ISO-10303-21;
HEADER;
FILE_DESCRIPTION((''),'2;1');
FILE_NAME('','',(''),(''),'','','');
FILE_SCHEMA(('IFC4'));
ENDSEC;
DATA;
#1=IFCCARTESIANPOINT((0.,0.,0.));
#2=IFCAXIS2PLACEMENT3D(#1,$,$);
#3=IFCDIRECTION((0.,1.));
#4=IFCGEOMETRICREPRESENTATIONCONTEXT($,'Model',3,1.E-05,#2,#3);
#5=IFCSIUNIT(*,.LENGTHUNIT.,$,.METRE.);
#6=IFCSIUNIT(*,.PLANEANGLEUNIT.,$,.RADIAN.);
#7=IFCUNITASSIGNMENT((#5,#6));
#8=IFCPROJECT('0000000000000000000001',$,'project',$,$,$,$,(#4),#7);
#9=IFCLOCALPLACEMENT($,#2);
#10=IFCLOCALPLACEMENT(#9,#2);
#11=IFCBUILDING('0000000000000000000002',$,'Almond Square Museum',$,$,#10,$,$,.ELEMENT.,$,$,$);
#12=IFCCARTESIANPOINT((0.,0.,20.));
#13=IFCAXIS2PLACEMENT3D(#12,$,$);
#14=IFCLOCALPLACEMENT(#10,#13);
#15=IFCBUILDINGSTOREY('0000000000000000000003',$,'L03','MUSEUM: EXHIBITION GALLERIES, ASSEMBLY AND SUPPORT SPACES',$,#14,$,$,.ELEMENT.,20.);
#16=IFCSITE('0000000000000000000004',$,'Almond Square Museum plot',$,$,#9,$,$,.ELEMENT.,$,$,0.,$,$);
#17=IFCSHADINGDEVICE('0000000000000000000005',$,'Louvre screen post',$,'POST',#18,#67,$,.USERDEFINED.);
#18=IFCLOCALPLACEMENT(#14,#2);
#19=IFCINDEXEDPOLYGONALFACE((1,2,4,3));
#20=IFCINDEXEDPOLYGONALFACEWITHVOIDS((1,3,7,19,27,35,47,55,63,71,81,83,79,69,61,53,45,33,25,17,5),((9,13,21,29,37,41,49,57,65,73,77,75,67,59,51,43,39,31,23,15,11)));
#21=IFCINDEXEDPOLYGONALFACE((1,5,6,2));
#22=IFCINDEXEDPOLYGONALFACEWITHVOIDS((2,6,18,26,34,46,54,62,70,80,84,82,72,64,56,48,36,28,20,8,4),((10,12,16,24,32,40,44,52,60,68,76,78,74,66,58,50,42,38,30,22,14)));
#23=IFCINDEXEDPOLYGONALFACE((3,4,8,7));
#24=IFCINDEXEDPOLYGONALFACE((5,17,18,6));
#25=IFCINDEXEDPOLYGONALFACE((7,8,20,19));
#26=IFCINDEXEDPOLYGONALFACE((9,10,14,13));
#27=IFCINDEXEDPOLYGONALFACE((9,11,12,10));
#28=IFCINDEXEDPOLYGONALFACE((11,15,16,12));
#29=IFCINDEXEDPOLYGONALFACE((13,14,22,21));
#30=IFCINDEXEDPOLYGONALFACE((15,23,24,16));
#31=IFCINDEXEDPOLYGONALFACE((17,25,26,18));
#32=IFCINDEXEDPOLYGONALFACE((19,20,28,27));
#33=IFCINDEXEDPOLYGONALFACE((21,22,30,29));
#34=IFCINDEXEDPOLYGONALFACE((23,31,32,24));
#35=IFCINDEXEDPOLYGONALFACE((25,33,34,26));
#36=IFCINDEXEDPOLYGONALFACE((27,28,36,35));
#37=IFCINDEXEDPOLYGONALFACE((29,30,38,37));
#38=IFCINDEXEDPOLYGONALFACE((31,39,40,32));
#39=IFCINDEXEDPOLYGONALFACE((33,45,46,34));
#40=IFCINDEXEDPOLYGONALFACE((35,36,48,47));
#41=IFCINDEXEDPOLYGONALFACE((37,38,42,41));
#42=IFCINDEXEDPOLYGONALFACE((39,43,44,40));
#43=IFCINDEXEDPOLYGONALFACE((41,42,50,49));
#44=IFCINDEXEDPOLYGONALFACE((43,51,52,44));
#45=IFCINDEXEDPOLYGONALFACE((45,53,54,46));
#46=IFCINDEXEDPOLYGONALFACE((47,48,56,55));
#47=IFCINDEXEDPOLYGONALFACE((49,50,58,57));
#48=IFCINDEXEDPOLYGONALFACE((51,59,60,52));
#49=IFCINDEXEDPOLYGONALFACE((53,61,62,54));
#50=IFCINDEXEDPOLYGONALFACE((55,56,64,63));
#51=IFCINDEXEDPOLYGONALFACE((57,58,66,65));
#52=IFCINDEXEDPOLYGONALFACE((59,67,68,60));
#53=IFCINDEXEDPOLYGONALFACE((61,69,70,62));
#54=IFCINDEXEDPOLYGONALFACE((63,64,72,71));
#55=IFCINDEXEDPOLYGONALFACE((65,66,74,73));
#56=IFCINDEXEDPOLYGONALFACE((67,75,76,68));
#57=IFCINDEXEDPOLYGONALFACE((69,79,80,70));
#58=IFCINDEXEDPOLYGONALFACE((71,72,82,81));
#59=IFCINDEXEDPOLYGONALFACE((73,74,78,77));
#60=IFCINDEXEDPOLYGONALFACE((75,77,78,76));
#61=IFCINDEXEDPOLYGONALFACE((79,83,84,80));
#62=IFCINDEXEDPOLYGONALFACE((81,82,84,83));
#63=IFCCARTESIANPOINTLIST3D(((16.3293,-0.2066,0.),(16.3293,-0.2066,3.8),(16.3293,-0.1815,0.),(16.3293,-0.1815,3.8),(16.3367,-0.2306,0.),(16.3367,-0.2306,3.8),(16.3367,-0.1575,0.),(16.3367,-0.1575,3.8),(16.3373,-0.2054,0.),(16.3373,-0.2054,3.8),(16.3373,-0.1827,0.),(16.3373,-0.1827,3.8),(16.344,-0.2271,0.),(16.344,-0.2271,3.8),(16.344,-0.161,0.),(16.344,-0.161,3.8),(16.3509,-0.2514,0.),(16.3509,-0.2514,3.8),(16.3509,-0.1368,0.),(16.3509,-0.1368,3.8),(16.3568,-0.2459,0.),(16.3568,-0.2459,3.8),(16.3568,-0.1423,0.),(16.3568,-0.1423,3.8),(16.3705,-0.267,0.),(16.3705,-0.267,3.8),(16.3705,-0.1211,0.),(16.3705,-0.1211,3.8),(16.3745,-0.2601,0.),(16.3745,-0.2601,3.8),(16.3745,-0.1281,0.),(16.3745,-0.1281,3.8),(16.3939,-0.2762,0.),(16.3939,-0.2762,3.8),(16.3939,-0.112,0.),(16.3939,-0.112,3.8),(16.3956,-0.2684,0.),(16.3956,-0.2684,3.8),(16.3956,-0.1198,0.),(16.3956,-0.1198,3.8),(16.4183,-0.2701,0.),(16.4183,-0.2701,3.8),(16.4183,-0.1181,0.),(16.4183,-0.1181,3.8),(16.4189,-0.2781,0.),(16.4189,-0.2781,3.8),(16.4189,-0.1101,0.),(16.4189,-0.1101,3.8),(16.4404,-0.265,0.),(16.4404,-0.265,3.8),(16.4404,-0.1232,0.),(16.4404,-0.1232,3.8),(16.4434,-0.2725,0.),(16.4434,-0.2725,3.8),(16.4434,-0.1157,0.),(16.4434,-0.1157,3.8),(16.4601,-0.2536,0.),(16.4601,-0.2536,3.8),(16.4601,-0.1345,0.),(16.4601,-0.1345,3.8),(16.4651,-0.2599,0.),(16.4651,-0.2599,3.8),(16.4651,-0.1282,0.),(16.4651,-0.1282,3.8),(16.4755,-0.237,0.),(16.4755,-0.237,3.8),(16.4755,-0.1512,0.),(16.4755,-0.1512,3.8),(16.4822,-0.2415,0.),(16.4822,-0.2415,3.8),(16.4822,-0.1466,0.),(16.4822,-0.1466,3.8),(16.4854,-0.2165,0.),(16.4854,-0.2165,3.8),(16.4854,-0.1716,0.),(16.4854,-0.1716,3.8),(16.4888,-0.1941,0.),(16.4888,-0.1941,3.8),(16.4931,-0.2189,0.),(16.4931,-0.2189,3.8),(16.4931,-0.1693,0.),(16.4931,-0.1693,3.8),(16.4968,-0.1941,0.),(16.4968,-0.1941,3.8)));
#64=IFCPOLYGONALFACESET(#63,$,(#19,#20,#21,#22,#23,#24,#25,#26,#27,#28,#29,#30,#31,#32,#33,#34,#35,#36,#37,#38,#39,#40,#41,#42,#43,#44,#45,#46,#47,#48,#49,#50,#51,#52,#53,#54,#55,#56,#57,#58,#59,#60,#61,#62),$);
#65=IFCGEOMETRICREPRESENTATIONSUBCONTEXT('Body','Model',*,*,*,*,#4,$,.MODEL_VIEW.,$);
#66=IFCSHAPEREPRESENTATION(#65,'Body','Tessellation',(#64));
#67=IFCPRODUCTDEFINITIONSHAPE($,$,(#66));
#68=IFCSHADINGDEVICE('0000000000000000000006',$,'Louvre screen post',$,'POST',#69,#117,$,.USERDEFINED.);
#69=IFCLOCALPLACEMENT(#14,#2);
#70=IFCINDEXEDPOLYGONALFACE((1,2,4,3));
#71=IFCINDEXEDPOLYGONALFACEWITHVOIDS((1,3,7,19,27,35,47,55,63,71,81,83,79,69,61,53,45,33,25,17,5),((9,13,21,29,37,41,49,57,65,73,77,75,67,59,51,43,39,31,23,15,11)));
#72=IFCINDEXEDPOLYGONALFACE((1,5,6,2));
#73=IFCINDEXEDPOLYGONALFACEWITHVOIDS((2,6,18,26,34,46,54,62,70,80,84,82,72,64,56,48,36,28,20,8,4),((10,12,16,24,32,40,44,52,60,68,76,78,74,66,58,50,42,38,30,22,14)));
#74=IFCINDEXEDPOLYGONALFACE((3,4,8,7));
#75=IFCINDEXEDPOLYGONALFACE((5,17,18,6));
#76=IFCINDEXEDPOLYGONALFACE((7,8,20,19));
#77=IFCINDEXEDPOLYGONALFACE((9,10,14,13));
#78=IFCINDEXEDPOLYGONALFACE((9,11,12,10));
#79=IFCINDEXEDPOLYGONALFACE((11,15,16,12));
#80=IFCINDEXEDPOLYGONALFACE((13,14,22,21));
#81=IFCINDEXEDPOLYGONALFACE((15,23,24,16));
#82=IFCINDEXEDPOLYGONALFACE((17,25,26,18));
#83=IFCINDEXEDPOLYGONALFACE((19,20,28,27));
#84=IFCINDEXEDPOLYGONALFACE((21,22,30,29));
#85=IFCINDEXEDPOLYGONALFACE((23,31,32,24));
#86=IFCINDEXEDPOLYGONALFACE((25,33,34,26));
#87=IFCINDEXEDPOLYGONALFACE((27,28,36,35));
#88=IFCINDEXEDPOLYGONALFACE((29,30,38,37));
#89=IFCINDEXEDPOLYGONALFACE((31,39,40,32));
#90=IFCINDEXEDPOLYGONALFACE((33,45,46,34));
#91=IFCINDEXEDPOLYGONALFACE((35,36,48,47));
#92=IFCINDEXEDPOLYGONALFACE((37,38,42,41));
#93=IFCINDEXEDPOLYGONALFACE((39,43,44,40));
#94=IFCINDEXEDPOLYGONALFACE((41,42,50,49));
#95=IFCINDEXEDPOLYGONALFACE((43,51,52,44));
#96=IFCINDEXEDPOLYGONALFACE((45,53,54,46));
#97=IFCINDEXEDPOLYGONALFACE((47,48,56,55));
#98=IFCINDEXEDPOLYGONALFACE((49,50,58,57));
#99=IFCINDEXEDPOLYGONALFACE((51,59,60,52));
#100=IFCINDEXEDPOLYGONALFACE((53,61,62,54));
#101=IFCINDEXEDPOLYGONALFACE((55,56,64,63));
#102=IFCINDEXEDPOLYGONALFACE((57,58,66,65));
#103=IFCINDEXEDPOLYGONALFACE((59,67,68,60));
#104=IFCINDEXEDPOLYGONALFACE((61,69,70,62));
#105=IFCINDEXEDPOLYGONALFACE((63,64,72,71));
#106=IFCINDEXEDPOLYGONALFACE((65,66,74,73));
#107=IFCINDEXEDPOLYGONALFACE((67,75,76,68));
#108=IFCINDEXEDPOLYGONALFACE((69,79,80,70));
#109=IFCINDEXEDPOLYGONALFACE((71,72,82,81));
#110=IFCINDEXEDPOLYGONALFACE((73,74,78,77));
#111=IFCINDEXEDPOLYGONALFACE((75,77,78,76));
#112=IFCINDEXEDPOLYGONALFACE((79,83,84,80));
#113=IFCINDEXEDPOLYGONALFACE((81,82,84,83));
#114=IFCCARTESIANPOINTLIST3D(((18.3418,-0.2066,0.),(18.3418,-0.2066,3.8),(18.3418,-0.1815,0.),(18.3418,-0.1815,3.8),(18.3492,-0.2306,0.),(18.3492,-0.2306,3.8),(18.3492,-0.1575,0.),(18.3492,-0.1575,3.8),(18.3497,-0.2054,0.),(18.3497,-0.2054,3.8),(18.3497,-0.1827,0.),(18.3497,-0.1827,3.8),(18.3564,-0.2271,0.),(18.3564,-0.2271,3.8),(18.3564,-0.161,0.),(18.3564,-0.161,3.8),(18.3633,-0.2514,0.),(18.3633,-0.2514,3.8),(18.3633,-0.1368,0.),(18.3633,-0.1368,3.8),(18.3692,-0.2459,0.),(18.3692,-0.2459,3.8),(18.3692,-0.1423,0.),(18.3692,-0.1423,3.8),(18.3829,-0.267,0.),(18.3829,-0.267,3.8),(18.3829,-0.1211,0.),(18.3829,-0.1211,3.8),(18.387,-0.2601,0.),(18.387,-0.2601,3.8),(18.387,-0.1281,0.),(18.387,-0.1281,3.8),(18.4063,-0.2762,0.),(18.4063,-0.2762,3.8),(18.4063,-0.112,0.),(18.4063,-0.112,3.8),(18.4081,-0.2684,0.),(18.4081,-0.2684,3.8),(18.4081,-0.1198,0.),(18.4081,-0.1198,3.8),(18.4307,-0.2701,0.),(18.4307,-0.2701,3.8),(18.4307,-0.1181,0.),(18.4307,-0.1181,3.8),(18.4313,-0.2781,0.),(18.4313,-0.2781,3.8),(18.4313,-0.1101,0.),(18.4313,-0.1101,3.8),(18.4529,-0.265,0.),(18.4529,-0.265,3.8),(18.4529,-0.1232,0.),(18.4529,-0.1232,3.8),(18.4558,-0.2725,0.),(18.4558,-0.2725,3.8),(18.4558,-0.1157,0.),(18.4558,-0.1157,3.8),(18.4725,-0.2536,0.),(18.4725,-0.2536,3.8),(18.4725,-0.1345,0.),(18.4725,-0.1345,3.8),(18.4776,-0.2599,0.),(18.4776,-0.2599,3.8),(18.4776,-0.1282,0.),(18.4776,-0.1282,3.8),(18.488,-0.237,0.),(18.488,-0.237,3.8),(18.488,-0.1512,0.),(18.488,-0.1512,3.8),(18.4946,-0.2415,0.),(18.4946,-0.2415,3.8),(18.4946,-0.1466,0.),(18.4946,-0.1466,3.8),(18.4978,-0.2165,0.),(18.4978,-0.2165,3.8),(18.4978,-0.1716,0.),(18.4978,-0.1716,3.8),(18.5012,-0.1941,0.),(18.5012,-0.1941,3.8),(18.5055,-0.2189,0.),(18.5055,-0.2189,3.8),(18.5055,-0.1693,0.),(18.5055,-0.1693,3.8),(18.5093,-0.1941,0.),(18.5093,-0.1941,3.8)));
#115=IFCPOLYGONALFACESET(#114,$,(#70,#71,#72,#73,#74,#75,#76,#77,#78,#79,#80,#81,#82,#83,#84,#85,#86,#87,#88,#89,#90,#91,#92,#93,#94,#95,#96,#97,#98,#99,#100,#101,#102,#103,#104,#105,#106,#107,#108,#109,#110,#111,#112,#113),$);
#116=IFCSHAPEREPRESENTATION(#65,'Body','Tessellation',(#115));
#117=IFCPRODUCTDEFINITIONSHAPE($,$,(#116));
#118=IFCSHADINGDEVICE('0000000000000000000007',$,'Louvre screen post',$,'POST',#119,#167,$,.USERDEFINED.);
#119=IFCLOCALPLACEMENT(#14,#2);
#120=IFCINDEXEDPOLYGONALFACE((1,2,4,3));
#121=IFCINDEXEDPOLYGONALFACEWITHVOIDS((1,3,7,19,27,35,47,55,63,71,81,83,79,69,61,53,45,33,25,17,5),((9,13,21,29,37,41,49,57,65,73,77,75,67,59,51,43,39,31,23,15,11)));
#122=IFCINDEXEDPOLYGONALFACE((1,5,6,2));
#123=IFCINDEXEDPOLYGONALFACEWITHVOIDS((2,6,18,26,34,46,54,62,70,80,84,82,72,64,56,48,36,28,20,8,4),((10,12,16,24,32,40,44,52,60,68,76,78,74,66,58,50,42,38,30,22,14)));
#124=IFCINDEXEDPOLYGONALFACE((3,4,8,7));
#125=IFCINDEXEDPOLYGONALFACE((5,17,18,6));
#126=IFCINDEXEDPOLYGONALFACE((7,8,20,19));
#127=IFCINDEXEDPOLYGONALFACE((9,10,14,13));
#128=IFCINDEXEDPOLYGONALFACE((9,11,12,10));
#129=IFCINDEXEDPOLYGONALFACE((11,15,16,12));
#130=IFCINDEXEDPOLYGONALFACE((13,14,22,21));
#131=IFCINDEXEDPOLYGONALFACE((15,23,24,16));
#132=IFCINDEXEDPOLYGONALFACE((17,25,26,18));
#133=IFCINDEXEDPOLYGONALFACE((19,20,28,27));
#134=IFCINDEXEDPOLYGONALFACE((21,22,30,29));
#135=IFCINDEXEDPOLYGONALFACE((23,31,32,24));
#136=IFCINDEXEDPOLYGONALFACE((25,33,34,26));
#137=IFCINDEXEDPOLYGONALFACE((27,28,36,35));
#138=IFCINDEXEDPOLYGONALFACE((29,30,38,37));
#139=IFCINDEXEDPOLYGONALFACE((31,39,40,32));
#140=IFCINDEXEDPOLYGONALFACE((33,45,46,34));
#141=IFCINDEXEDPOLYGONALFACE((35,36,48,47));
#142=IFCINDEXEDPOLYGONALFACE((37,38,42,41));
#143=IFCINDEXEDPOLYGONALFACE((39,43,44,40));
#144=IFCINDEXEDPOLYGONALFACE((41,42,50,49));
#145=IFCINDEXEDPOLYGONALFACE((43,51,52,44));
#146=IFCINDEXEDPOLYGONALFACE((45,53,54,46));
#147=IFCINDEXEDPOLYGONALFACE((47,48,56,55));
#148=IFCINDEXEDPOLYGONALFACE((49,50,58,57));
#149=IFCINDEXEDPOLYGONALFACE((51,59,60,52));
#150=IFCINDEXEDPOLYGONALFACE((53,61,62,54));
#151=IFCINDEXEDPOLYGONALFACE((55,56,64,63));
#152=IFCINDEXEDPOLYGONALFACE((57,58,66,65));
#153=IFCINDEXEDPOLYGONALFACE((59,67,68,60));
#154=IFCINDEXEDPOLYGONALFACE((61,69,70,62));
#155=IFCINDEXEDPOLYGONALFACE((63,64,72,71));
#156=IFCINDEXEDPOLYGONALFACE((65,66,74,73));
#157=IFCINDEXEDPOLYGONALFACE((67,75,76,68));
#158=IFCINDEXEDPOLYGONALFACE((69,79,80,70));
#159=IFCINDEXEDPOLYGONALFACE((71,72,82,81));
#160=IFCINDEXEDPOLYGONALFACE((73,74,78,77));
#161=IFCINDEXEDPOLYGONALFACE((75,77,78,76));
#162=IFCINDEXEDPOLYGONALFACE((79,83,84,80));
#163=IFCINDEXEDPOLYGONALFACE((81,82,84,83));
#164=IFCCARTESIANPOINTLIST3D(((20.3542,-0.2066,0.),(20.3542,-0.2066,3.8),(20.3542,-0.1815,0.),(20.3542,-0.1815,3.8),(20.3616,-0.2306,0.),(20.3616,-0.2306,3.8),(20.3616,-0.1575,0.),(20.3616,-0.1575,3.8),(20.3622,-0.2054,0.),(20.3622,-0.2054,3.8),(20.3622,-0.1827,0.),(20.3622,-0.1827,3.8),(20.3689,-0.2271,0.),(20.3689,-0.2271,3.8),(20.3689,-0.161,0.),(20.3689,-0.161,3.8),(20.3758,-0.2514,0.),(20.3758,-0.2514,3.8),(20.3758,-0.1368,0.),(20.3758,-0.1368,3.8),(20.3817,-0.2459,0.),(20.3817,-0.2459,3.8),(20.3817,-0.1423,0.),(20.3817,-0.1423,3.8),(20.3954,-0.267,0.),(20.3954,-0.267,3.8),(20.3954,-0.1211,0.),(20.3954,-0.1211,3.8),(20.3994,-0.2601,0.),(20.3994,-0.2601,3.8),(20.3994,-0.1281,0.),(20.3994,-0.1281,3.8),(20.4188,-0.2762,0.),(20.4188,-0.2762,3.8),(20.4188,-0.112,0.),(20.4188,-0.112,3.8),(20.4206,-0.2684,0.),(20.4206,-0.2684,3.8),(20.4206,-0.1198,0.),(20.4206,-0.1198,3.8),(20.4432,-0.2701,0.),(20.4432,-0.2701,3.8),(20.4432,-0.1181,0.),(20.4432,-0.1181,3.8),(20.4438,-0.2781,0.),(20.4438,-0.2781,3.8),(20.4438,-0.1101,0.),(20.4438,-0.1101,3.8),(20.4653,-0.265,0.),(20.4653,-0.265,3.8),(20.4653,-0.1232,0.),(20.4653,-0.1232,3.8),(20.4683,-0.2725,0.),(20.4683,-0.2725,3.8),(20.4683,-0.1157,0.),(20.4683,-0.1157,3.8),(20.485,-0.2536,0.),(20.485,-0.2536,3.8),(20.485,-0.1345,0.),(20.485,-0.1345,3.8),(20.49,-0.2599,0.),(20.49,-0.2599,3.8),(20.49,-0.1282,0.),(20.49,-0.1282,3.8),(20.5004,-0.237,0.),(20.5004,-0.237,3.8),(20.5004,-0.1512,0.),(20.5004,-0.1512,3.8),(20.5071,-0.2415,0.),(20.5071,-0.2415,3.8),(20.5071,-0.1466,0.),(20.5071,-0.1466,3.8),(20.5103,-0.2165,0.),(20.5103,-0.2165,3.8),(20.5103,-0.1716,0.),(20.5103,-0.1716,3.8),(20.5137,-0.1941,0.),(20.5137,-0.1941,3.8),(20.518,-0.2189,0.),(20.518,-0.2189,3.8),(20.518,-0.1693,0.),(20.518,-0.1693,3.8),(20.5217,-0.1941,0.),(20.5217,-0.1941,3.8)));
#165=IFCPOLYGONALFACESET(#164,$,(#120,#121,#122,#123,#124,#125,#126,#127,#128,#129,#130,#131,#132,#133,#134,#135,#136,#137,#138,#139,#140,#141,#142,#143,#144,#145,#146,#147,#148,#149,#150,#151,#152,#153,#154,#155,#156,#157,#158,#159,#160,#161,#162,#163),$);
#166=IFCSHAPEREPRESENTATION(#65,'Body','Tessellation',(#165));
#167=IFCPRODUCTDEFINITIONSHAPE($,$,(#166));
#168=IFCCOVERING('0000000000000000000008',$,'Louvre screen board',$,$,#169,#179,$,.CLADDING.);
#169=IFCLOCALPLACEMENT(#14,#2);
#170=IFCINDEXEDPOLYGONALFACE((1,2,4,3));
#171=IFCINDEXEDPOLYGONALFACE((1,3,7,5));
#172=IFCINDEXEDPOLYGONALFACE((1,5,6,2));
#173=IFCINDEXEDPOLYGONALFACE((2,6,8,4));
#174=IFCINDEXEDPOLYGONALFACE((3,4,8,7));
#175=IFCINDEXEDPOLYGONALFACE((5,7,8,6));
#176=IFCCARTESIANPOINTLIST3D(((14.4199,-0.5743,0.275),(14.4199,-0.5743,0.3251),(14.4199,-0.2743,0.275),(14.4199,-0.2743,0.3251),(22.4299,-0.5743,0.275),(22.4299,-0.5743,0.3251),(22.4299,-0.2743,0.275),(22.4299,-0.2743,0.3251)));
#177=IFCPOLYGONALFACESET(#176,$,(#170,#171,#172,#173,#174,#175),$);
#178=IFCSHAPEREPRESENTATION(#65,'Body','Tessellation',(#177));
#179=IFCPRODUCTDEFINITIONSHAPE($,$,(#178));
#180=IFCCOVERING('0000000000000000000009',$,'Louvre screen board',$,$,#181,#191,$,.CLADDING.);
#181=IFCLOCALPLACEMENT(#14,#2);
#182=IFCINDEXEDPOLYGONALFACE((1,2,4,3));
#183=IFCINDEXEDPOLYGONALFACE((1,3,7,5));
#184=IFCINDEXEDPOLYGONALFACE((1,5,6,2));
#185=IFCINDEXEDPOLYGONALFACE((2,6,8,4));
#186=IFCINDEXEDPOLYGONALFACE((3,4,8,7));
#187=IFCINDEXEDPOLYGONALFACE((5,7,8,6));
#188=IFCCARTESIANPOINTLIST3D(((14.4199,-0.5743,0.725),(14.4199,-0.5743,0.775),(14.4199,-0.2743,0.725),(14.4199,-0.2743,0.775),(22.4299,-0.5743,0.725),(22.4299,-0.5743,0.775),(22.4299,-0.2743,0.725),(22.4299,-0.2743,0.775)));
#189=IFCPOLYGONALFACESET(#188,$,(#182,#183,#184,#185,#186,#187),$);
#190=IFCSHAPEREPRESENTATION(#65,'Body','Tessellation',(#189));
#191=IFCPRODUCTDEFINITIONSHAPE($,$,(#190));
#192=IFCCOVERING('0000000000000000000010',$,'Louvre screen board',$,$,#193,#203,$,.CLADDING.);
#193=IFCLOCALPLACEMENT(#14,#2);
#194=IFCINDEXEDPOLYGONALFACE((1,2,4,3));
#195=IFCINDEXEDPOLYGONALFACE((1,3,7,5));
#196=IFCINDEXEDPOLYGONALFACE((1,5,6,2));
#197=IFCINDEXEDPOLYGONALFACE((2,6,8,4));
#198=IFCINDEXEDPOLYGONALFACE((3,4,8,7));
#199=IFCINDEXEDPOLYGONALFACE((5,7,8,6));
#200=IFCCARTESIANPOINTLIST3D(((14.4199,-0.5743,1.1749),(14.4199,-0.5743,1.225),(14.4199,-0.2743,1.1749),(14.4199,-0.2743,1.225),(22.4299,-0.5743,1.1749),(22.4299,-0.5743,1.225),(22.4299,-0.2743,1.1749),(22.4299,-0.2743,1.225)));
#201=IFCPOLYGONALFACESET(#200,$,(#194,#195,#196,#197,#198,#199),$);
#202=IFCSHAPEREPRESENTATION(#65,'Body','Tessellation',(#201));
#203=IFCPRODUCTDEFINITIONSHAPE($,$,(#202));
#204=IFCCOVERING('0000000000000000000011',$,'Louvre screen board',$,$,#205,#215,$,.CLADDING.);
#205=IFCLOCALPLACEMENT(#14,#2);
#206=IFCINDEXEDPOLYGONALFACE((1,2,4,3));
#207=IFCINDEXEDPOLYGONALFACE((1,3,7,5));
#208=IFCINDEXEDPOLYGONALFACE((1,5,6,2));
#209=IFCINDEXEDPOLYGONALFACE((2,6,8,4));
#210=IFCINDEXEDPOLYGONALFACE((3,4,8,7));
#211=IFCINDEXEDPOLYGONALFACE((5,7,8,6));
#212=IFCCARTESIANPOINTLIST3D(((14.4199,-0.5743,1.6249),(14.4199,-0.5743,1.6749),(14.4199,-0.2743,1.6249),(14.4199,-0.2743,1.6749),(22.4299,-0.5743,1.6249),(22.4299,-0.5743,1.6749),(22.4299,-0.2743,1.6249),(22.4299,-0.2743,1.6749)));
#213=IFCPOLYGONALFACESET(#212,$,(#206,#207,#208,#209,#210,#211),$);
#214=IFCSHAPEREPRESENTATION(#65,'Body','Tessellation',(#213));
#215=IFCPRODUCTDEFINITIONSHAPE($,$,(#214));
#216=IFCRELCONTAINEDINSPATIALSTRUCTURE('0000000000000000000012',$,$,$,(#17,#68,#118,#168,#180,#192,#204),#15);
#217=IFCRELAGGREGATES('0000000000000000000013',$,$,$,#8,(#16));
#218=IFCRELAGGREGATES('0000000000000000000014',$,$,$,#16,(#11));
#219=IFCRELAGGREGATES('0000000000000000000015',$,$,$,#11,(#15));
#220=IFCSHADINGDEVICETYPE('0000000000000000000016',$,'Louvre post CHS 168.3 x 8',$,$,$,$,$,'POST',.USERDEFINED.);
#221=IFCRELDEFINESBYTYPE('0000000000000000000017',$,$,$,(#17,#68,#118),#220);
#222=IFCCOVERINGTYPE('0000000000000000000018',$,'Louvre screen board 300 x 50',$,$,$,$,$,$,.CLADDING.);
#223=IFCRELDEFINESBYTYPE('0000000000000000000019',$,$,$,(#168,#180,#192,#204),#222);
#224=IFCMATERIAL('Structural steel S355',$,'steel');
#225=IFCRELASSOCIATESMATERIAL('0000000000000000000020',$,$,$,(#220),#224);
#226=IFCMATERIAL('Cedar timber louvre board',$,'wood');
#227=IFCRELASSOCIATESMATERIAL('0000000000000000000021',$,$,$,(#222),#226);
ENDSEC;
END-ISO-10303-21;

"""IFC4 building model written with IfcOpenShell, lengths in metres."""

from ifc_helpers import new_model, si_unit, direction, frame, origin, origin_2d, place, context, subcontext, project, spatial, rectangle, hollow_circle, extrude, material, material_profile, profile_set, type_object, element, save


model = new_model("IFC4")

# Units and contexts
model_context = context("Model", 3, precision=1e-05, world=origin(), true_north=direction((0.0, 1.0)))
body_context = subcontext(model_context, "Body", "Model", "MODEL_VIEW")
ifc_project = project(units=[si_unit("LENGTHUNIT", "METRE"), si_unit("PLANEANGLEUNIT", "RADIAN")], contexts=[model_context])

# Site, building, storey
site_placement = place(None, origin())
site = spatial("IfcSite", under=ifc_project, at=site_placement, Name="Almond Square Museum plot", CompositionType="ELEMENT", RefElevation=0.0)
building_placement = place(site_placement, origin())
building = spatial("IfcBuilding", under=site, at=building_placement, Name="Almond Square Museum", CompositionType="ELEMENT")
storey_placement = place(building_placement, frame((0.0, 0.0, 20.0)))
storey = spatial("IfcBuildingStorey", under=building, at=storey_placement, Name="L03", Description="MUSEUM: EXHIBITION GALLERIES, ASSEMBLY AND SUPPORT SPACES", CompositionType="ELEMENT", Elevation=20.0)

# Shading devices
ifc_material_1 = material(Name="Structural steel S355", Category="steel")
ifc_material_profile_1 = material_profile(ifc_material_1, hollow_circle(Radius=0.0842, WallThickness=0.0081, at=origin_2d()))
ifc_profile_set_1 = profile_set([ifc_material_profile_1], Name="Structural steel S355")
shading_device_type = type_object("IfcShadingDeviceType", Name="Louvre post CHS 168.3 x 8", ElementType="POST", PredefinedType="USERDEFINED", material=ifc_profile_set_1)
for number, where, z_axis, x_axis, name in (
    (1, (16.4126, -0.1941, 0.0), (0.0, 0.0, 1.0), (1.0, 0.0, 0.0), "Louvre screen post"),
    (2, (18.425, -0.1941, 0.0), (0.0, 0.0, 1.0), (1.0, 0.0, 0.0), "Louvre screen post"),
    (3, (20.4375, -0.1941, 0.0), (0.0, 0.0, 1.0), (1.0, 0.0, 0.0), "Louvre screen post"),
):
    element("IfcShadingDevice", number, at=place(storey_placement, frame(where, z_axis=z_axis, x_axis=x_axis)), inside=storey, type_object=shading_device_type, Name=name, ObjectType="POST", PredefinedType="USERDEFINED", context=body_context, shape_type="SweptSolid", body=[
        extrude(hollow_circle(Radius=0.0842, WallThickness=0.0081, at=origin_2d()), origin(), (0.0, 0.0, 1.0), 3.8),
    ])

# Coverings
ifc_material_2 = material(Name="Cedar timber louvre board", Category="wood")
ifc_material_profile_2 = material_profile(ifc_material_2, rectangle(XDim=0.3, YDim=0.05, at=origin_2d()))
ifc_profile_set_2 = profile_set([ifc_material_profile_2], Name="Cedar timber louvre board")
covering_type = type_object("IfcCoveringType", Name="Louvre screen board 300 x 50", PredefinedType="CLADDING", material=ifc_profile_set_2)
for number, where, z_axis, x_axis, name in (
    (4, (14.4199, -0.4243, 0.3), (1.0, 0.0, 0.0), (0.0, 1.0, 0.0), "Louvre screen board"),
    (5, (14.4199, -0.4243, 0.75), (1.0, 0.0, 0.0), (0.0, 1.0, 0.0), "Louvre screen board"),
    (6, (14.4199, -0.4243, 1.2), (1.0, 0.0, 0.0), (0.0, 1.0, 0.0), "Louvre screen board"),
    (7, (14.4199, -0.4243, 1.6499), (1.0, 0.0, 0.0), (0.0, 1.0, 0.0), "Louvre screen board"),
):
    element("IfcCovering", number, at=place(storey_placement, frame(where, z_axis=z_axis, x_axis=x_axis)), inside=storey, type_object=covering_type, Name=name, PredefinedType="CLADDING", context=body_context, shape_type="SweptSolid", body=[
        extrude(rectangle(XDim=0.3, YDim=0.05, at=origin_2d()), origin(), (0.0, 0.0, 1.0), 8.01),
    ])

save(model, "model.ifc")
